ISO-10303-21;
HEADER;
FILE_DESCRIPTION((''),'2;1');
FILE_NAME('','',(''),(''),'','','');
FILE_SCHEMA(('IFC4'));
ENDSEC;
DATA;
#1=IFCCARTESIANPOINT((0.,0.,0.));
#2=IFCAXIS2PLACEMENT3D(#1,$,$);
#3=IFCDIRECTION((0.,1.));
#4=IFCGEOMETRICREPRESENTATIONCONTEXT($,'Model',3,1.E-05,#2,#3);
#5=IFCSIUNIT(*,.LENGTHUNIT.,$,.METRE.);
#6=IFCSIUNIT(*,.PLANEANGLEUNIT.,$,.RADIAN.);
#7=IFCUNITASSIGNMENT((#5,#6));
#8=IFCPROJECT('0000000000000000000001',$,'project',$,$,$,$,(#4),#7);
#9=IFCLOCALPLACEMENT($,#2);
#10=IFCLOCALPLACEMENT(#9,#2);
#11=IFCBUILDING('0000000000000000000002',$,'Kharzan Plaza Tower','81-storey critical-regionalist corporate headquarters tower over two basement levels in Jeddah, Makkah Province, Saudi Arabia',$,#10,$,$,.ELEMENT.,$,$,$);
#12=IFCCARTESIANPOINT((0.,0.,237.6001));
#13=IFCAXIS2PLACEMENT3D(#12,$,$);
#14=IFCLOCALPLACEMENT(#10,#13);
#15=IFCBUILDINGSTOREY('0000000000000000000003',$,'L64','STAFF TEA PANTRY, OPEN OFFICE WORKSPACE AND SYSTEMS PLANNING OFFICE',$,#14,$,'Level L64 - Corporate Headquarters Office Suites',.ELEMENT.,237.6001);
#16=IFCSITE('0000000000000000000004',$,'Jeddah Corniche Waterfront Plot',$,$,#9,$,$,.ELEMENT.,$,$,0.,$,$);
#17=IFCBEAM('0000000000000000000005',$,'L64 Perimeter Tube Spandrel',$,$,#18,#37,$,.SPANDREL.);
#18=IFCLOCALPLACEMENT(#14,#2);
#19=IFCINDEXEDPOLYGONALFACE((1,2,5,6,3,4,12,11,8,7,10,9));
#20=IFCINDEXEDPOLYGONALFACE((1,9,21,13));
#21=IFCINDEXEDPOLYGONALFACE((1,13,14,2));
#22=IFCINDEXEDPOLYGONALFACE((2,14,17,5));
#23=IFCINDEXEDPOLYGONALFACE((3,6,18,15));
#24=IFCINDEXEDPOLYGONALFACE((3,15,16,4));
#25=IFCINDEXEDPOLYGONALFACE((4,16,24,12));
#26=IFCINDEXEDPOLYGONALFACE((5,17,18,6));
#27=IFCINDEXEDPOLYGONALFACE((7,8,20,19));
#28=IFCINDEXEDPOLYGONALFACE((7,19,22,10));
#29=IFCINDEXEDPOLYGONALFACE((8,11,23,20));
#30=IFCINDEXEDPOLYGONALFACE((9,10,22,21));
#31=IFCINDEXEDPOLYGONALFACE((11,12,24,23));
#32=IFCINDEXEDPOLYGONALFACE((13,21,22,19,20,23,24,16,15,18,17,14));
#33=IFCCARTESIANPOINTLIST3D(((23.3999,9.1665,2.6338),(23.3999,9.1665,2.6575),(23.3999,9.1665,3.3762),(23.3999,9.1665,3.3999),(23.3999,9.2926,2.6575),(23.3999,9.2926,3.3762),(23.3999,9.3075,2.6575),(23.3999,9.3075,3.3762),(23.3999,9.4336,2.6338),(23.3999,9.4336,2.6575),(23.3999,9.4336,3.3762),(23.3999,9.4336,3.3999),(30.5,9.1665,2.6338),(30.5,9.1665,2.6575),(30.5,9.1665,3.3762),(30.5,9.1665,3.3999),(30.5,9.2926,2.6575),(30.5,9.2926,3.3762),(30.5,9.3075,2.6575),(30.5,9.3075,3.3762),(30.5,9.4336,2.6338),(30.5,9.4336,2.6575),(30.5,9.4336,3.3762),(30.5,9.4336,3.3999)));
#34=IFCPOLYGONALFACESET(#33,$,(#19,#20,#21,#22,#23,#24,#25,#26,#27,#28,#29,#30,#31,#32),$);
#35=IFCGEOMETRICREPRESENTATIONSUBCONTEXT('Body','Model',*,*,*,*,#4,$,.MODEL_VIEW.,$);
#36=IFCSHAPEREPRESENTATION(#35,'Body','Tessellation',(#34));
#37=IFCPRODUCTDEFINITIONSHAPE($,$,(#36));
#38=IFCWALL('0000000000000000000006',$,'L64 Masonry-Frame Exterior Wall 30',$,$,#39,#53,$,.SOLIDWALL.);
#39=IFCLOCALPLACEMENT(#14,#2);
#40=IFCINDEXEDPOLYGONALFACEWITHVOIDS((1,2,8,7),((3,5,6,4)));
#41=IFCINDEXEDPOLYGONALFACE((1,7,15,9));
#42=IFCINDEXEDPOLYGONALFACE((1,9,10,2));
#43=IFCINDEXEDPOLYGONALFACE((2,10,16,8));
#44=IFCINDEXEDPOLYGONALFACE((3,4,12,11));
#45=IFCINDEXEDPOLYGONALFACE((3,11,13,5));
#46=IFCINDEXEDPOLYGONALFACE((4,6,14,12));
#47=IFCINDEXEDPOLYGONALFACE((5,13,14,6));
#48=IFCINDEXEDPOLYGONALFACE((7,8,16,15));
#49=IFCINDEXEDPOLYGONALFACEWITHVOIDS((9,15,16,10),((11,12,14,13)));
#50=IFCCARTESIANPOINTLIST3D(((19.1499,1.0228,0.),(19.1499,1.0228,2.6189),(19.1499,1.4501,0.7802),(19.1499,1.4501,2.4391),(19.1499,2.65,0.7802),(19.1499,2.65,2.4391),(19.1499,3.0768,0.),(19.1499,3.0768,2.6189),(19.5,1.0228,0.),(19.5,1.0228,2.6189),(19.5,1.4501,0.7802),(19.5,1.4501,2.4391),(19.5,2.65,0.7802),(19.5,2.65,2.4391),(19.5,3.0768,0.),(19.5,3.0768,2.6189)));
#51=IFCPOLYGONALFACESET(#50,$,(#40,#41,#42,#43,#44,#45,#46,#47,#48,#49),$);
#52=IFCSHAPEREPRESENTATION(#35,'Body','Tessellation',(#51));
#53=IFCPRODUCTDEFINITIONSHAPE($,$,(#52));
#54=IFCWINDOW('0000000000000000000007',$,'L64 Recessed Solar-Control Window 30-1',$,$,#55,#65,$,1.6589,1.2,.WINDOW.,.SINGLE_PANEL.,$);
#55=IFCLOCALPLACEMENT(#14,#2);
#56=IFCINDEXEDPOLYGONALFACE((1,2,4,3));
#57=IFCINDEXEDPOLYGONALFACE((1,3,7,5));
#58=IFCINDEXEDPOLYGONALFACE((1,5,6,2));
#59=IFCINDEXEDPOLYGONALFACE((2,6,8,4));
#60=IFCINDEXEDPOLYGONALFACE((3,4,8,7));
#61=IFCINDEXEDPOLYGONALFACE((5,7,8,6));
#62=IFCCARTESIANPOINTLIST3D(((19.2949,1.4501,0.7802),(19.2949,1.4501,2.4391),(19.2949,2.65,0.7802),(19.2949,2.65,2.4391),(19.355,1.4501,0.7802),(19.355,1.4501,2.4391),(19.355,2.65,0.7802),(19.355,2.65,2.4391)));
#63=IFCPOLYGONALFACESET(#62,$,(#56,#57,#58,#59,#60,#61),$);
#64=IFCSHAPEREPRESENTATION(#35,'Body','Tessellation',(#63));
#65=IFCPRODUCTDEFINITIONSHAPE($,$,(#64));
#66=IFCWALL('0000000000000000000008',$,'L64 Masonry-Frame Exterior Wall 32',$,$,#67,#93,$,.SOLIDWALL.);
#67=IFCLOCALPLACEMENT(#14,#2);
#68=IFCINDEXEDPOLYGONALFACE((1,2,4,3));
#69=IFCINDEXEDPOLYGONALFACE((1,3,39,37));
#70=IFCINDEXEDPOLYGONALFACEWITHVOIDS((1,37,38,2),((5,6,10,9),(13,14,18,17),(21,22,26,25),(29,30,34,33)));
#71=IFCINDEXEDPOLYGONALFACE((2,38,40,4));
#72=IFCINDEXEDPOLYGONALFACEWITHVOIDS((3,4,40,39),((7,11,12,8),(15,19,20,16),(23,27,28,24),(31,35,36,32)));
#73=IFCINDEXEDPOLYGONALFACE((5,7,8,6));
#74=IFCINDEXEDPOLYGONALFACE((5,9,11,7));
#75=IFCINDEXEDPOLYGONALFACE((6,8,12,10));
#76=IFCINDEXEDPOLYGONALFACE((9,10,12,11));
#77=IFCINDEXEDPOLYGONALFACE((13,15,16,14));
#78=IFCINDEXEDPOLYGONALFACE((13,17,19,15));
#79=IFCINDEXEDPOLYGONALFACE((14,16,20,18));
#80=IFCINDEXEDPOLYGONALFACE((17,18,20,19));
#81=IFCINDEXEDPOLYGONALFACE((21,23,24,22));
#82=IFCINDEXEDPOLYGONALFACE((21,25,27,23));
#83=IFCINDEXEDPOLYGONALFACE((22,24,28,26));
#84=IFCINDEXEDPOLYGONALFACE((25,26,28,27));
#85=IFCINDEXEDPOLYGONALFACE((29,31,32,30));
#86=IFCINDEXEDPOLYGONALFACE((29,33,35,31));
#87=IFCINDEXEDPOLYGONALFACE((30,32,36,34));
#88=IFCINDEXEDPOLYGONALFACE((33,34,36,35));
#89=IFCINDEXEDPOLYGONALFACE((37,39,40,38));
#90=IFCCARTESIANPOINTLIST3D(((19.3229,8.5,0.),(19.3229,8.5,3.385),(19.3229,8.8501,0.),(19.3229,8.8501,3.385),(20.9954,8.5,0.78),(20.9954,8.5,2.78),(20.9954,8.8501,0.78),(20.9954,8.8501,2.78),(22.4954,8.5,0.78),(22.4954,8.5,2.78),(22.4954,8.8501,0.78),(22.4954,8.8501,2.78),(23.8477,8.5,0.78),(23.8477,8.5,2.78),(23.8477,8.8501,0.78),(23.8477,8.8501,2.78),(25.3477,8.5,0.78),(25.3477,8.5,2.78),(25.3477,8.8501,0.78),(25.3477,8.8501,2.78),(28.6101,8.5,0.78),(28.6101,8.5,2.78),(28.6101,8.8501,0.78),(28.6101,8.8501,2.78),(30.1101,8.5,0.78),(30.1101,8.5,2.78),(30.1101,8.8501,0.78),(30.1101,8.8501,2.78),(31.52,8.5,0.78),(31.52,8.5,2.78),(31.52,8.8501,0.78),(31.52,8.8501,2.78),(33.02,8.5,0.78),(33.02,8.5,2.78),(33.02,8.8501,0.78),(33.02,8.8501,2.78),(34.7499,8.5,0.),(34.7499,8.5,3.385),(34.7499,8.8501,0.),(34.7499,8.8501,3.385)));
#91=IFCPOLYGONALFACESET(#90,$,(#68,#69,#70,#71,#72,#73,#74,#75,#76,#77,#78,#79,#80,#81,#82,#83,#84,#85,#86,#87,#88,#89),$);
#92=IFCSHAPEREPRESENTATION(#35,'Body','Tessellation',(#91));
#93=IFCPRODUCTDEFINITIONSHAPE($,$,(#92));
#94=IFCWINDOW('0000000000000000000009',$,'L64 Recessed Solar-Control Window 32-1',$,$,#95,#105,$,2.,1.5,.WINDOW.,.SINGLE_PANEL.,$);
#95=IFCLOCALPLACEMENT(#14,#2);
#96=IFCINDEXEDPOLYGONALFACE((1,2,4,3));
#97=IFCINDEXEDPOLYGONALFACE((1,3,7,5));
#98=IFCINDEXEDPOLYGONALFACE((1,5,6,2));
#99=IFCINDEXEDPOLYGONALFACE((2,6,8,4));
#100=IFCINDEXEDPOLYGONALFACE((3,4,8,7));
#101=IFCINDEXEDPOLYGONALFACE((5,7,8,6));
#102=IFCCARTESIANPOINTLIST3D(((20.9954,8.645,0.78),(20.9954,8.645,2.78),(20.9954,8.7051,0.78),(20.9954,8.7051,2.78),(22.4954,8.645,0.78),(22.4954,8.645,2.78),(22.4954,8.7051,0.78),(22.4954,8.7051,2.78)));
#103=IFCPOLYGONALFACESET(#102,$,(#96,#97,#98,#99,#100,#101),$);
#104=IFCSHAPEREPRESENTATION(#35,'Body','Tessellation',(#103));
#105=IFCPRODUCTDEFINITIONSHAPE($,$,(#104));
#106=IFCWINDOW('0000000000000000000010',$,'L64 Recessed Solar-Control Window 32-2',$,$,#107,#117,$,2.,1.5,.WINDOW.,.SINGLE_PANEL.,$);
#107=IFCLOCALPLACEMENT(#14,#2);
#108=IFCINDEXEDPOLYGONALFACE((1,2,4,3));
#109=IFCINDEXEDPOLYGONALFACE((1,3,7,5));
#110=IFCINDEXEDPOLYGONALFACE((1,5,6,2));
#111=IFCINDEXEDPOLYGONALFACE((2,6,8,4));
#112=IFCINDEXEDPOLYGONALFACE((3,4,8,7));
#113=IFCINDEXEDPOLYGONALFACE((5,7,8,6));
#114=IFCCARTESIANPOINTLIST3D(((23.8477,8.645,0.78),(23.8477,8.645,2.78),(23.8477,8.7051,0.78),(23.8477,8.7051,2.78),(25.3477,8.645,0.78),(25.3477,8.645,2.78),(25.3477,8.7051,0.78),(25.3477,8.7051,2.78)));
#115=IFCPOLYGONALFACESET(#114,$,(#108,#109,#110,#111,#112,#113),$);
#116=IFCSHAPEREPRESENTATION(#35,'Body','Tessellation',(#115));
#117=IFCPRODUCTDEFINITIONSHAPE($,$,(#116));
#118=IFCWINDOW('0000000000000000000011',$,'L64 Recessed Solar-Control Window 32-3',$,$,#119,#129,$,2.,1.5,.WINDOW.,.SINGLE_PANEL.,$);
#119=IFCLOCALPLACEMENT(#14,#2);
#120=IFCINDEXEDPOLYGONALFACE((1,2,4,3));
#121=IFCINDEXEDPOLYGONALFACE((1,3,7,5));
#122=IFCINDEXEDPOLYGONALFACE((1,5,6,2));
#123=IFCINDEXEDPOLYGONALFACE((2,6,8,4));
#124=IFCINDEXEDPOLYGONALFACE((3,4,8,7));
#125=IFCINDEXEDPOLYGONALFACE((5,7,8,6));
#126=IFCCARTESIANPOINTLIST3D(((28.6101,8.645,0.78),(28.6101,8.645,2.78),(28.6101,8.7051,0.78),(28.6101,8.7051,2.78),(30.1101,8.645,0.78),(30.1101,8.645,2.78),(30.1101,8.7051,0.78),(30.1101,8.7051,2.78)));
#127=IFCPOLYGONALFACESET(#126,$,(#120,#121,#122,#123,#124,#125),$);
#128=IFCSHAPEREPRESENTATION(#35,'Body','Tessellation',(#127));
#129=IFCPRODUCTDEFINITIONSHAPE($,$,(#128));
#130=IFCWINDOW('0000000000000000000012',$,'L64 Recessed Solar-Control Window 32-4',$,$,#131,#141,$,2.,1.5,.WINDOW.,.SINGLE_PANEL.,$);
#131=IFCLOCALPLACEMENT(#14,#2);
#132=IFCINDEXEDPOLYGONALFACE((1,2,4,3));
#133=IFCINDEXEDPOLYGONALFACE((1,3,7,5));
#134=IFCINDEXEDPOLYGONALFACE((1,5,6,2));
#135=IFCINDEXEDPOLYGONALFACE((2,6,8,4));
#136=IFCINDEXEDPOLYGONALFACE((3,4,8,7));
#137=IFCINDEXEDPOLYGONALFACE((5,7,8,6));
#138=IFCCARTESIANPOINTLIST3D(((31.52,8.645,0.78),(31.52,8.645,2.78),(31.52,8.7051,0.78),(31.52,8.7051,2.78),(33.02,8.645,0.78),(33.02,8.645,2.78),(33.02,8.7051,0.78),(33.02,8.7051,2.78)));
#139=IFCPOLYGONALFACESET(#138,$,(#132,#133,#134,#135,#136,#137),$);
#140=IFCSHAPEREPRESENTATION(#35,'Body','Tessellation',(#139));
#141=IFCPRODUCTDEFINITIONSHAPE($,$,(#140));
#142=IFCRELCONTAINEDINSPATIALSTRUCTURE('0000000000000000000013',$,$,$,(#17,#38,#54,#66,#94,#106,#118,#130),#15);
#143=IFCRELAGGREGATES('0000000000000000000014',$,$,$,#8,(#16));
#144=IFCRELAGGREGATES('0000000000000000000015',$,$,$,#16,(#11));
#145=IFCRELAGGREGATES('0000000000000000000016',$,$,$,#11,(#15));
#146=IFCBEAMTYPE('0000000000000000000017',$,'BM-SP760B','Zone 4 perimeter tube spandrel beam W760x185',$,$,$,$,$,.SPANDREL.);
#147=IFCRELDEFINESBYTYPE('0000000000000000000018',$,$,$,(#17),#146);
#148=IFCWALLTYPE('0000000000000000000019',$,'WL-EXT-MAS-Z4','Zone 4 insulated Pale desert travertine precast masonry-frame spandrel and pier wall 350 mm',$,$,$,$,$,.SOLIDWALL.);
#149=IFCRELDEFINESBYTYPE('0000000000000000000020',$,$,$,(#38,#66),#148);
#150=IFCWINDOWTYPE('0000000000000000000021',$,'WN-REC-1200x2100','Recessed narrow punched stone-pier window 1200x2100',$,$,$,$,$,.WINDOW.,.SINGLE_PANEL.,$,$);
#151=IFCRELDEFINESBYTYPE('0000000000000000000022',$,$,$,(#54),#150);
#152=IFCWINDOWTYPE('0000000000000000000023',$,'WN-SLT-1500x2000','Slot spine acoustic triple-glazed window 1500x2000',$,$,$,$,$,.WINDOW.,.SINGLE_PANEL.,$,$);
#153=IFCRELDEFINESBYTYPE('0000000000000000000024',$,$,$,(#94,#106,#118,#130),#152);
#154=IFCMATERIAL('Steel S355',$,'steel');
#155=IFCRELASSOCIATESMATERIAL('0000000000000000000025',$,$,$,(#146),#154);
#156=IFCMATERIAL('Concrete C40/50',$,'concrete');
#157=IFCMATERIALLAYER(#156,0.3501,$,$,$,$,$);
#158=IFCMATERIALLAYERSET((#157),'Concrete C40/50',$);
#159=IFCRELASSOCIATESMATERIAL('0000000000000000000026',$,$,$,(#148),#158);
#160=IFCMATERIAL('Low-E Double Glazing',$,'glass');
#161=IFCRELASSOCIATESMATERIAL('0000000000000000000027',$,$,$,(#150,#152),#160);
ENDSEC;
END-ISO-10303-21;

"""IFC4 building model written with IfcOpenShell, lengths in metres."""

from ifc_helpers import new_model, si_unit, direction, frame, frame_2d, origin, origin_2d, place, context, subcontext, project, spatial, rectangle, i_section, extrude, source, transform, mapped, material, layer, layer_set, material_profile, profile_set, type_object, element, fill, save


model = new_model("IFC4")

# Units and contexts
model_context = context("Model", 3, precision=1e-05, world=origin(), true_north=direction((0.0, 1.0)))
body_context = subcontext(model_context, "Body", "Model", "MODEL_VIEW")
ifc_project = project(units=[si_unit("LENGTHUNIT", "METRE"), si_unit("PLANEANGLEUNIT", "RADIAN")], contexts=[model_context])

# Site, building, storey
site_placement = place(None, origin())
site = spatial("IfcSite", under=ifc_project, at=site_placement, Name="Jeddah Corniche Waterfront Plot", CompositionType="ELEMENT", RefElevation=0.0)
building_placement = place(site_placement, origin())
building = spatial("IfcBuilding", under=site, at=building_placement, Name="Kharzan Plaza Tower", Description="81-storey critical-regionalist corporate headquarters tower over two basement levels in Jeddah, Makkah Province, Saudi Arabia", CompositionType="ELEMENT")
storey_placement = place(building_placement, frame((0.0, 0.0, 237.6001)))
storey = spatial("IfcBuildingStorey", under=building, at=storey_placement, Name="L64", Description="STAFF TEA PANTRY, OPEN OFFICE WORKSPACE AND SYSTEMS PLANNING OFFICE", LongName="Level L64 - Corporate Headquarters Office Suites", CompositionType="ELEMENT", Elevation=237.6001)

# Beam
ifc_material_1 = material(Name="Steel S355", Category="steel")
ifc_material_profile_1 = material_profile(ifc_material_1, i_section(OverallWidth=0.2671, OverallDepth=0.7661, WebThickness=0.0149, FlangeThickness=0.0237, at=origin_2d()), Name="W760x185")
ifc_profile_set_1 = profile_set([ifc_material_profile_1], Name="Steel S355")
beam_type_1 = type_object("IfcBeamType", Name="BM-SP760B", Description="Zone 4 perimeter tube spandrel beam W760x185", PredefinedType="SPANDREL", material=ifc_profile_set_1)
shared_shape_1 = source(origin(), body_context, "Body", "SweptSolid", [
    extrude(i_section(OverallWidth=0.2671, OverallDepth=0.7661, WebThickness=0.0149, FlangeThickness=0.0237, at=origin_2d()), origin(), (0.0, 0.0, 1.0), 7.1001),
])
beam_1_placement = place(storey_placement, frame((23.3999, 9.3, 3.0168), z_axis=(1.0, 0.0, 0.0), x_axis=(0.0, 1.0, 0.0)))
element("IfcBeam", 1, at=beam_1_placement, inside=storey, type_object=beam_type_1, Name="L64 Perimeter Tube Spandrel", PredefinedType="SPANDREL", context=body_context, shape_type="MappedRepresentation", body=[
    mapped(shared_shape_1, transform((0.0, 0.0, 0.0), x_axis=(1.0, 0.0, 0.0), y_axis=(0.0, 1.0, 0.0), z_axis=(0.0, 0.0, 1.0))),
])

# Wall, opening, window
ifc_material_2 = material(Name="Concrete C40/50", Category="concrete")
ifc_layer_1 = layer(ifc_material_2, 0.3501)
ifc_layer_set_1 = layer_set([ifc_layer_1], Name="Concrete C40/50")
wall_type_1 = type_object("IfcWallType", Name="WL-EXT-MAS-Z4", Description="Zone 4 insulated Pale desert travertine precast masonry-frame spandrel and pier wall 350 mm", PredefinedType="SOLIDWALL", material=ifc_layer_set_1)
wall_1_placement = place(storey_placement, frame((19.325, 1.0229, 0.0), z_axis=(0.0, 0.0, 1.0), x_axis=(0.0, 1.0, 0.0)))
wall_1 = element("IfcWall", 2, at=wall_1_placement, inside=storey, type_object=wall_type_1, Name="L64 Masonry-Frame Exterior Wall 30", PredefinedType="SOLIDWALL", context=body_context, shape_type="SweptSolid", body=[
    extrude(rectangle(XDim=2.054, YDim=0.3501, at=frame_2d((1.0269, 0.0))), origin(), (0.0, 0.0, 1.0), 2.6189),
])
opening_1_placement = place(wall_1_placement, frame((0.427, 0.0, 0.78)))
opening_1 = element("IfcOpeningElement", 3, at=opening_1_placement, cuts=wall_1, PredefinedType="OPENING", context=body_context, shape_type="SweptSolid", body=[
    extrude(rectangle(XDim=1.2, YDim=1.6589, at=frame_2d((0.6001, 0.8296))), frame((0.0, 0.1851, 0.0), z_axis=(0.0, -1.0, 0.0), x_axis=(1.0, 0.0, 0.0)), (0.0, 0.0, 1.0), 0.3701),
])
ifc_material_3 = material(Name="Low-E Double Glazing", Category="glass")
window_type_1 = type_object("IfcWindowType", Name="WN-REC-1200x2100", Description="Recessed narrow punched stone-pier window 1200x2100", PartitioningType="SINGLE_PANEL", PredefinedType="WINDOW", material=ifc_material_3)
shared_shape_2 = source(origin(), body_context, "Body", "SweptSolid", [
    extrude(rectangle(XDim=1.2, YDim=1.6589, at=frame_2d((0.6001, 0.8296))), frame((0.0, 0.03, 0.0), z_axis=(0.0, -1.0, 0.0), x_axis=(1.0, 0.0, 0.0)), (0.0, 0.0, 1.0), 0.0601),
])
window_1_placement = place(opening_1_placement, origin())
window_1 = element("IfcWindow", 4, at=window_1_placement, inside=storey, type_object=window_type_1, Name="L64 Recessed Solar-Control Window 30-1", OverallHeight=1.6589, OverallWidth=1.2, PartitioningType="SINGLE_PANEL", PredefinedType="WINDOW", context=body_context, shape_type="MappedRepresentation", body=[
    mapped(shared_shape_2, transform((0.0, 0.0, 0.0), x_axis=(1.0, 0.0, 0.0), y_axis=(0.0, 1.0, 0.0), z_axis=(0.0, 0.0, 1.0))),
])
fill(opening_1, window_1)

# Wall, openings, windows
wall_2_placement = place(storey_placement, frame((19.323, 8.675, 0.0), z_axis=(0.0, 0.0, 1.0), x_axis=(1.0, 0.0, 0.0)))
wall_2 = element("IfcWall", 5, at=wall_2_placement, inside=storey, type_object=wall_type_1, Name="L64 Masonry-Frame Exterior Wall 32", PredefinedType="SOLIDWALL", context=body_context, shape_type="SweptSolid", body=[
    extrude(rectangle(XDim=15.427, YDim=0.3501, at=frame_2d((7.7134, 0.0))), origin(), (0.0, 0.0, 1.0), 3.385),
])
opening_2_placement = place(wall_2_placement, frame((1.6724, 0.0, 0.78)))
opening_2 = element("IfcOpeningElement", 6, at=opening_2_placement, cuts=wall_2, PredefinedType="OPENING", context=body_context, shape_type="SweptSolid", body=[
    extrude(rectangle(XDim=1.5, YDim=2.0, at=frame_2d((0.75, 1.0))), frame((0.0, 0.1851, 0.0), z_axis=(0.0, -1.0, 0.0), x_axis=(1.0, 0.0, 0.0)), (0.0, 0.0, 1.0), 0.3701),
])
opening_3_placement = place(wall_2_placement, frame((4.5247, 0.0, 0.78)))
opening_3 = element("IfcOpeningElement", 7, at=opening_3_placement, cuts=wall_2, PredefinedType="OPENING", context=body_context, shape_type="SweptSolid", body=[
    extrude(rectangle(XDim=1.5, YDim=2.0, at=frame_2d((0.75, 1.0))), frame((0.0, 0.1851, 0.0), z_axis=(0.0, -1.0, 0.0), x_axis=(1.0, 0.0, 0.0)), (0.0, 0.0, 1.0), 0.3701),
])
opening_4_placement = place(wall_2_placement, frame((9.2871, 0.0, 0.78)))
opening_4 = element("IfcOpeningElement", 8, at=opening_4_placement, cuts=wall_2, PredefinedType="OPENING", context=body_context, shape_type="SweptSolid", body=[
    extrude(rectangle(XDim=1.5, YDim=2.0, at=frame_2d((0.75, 1.0))), frame((0.0, 0.1851, 0.0), z_axis=(0.0, -1.0, 0.0), x_axis=(1.0, 0.0, 0.0)), (0.0, 0.0, 1.0), 0.3701),
])
opening_5_placement = place(wall_2_placement, frame((12.197, 0.0, 0.78)))
opening_5 = element("IfcOpeningElement", 9, at=opening_5_placement, cuts=wall_2, PredefinedType="OPENING", context=body_context, shape_type="SweptSolid", body=[
    extrude(rectangle(XDim=1.5, YDim=2.0, at=frame_2d((0.75, 1.0))), frame((0.0, 0.1851, 0.0), z_axis=(0.0, -1.0, 0.0), x_axis=(1.0, 0.0, 0.0)), (0.0, 0.0, 1.0), 0.3701),
])
window_type_2 = type_object("IfcWindowType", Name="WN-SLT-1500x2000", Description="Slot spine acoustic triple-glazed window 1500x2000", PartitioningType="SINGLE_PANEL", PredefinedType="WINDOW", material=ifc_material_3)
shared_shape_3 = source(origin(), body_context, "Body", "SweptSolid", [
    extrude(rectangle(XDim=1.5, YDim=2.0, at=frame_2d((0.75, 1.0))), frame((0.0, 0.03, 0.0), z_axis=(0.0, -1.0, 0.0), x_axis=(1.0, 0.0, 0.0)), (0.0, 0.0, 1.0), 0.0601),
])
window_2_placement = place(opening_2_placement, origin())
window_2 = element("IfcWindow", 10, at=window_2_placement, inside=storey, type_object=window_type_2, Name="L64 Recessed Solar-Control Window 32-1", OverallHeight=2.0, OverallWidth=1.5, PartitioningType="SINGLE_PANEL", PredefinedType="WINDOW", context=body_context, shape_type="MappedRepresentation", body=[
    mapped(shared_shape_3, transform((0.0, 0.0, 0.0), x_axis=(1.0, 0.0, 0.0), y_axis=(0.0, 1.0, 0.0), z_axis=(0.0, 0.0, 1.0))),
])
fill(opening_2, window_2)
window_3_placement = place(opening_3_placement, origin())
window_3 = element("IfcWindow", 11, at=window_3_placement, inside=storey, type_object=window_type_2, Name="L64 Recessed Solar-Control Window 32-2", OverallHeight=2.0, OverallWidth=1.5, PartitioningType="SINGLE_PANEL", PredefinedType="WINDOW", context=body_context, shape_type="MappedRepresentation", body=[
    mapped(shared_shape_3, transform((0.0, 0.0, 0.0), x_axis=(1.0, 0.0, 0.0), y_axis=(0.0, 1.0, 0.0), z_axis=(0.0, 0.0, 1.0))),
])
fill(opening_3, window_3)
window_4_placement = place(opening_4_placement, origin())
window_4 = element("IfcWindow", 12, at=window_4_placement, inside=storey, type_object=window_type_2, Name="L64 Recessed Solar-Control Window 32-3", OverallHeight=2.0, OverallWidth=1.5, PartitioningType="SINGLE_PANEL", PredefinedType="WINDOW", context=body_context, shape_type="MappedRepresentation", body=[
    mapped(shared_shape_3, transform((0.0, 0.0, 0.0), x_axis=(1.0, 0.0, 0.0), y_axis=(0.0, 1.0, 0.0), z_axis=(0.0, 0.0, 1.0))),
])
fill(opening_4, window_4)
window_5_placement = place(opening_5_placement, origin())
window_5 = element("IfcWindow", 13, at=window_5_placement, inside=storey, type_object=window_type_2, Name="L64 Recessed Solar-Control Window 32-4", OverallHeight=2.0, OverallWidth=1.5, PartitioningType="SINGLE_PANEL", PredefinedType="WINDOW", context=body_context, shape_type="MappedRepresentation", body=[
    mapped(shared_shape_3, transform((0.0, 0.0, 0.0), x_axis=(1.0, 0.0, 0.0), y_axis=(0.0, 1.0, 0.0), z_axis=(0.0, 0.0, 1.0))),
])
fill(opening_5, window_5)

save(model, "model.ifc")
